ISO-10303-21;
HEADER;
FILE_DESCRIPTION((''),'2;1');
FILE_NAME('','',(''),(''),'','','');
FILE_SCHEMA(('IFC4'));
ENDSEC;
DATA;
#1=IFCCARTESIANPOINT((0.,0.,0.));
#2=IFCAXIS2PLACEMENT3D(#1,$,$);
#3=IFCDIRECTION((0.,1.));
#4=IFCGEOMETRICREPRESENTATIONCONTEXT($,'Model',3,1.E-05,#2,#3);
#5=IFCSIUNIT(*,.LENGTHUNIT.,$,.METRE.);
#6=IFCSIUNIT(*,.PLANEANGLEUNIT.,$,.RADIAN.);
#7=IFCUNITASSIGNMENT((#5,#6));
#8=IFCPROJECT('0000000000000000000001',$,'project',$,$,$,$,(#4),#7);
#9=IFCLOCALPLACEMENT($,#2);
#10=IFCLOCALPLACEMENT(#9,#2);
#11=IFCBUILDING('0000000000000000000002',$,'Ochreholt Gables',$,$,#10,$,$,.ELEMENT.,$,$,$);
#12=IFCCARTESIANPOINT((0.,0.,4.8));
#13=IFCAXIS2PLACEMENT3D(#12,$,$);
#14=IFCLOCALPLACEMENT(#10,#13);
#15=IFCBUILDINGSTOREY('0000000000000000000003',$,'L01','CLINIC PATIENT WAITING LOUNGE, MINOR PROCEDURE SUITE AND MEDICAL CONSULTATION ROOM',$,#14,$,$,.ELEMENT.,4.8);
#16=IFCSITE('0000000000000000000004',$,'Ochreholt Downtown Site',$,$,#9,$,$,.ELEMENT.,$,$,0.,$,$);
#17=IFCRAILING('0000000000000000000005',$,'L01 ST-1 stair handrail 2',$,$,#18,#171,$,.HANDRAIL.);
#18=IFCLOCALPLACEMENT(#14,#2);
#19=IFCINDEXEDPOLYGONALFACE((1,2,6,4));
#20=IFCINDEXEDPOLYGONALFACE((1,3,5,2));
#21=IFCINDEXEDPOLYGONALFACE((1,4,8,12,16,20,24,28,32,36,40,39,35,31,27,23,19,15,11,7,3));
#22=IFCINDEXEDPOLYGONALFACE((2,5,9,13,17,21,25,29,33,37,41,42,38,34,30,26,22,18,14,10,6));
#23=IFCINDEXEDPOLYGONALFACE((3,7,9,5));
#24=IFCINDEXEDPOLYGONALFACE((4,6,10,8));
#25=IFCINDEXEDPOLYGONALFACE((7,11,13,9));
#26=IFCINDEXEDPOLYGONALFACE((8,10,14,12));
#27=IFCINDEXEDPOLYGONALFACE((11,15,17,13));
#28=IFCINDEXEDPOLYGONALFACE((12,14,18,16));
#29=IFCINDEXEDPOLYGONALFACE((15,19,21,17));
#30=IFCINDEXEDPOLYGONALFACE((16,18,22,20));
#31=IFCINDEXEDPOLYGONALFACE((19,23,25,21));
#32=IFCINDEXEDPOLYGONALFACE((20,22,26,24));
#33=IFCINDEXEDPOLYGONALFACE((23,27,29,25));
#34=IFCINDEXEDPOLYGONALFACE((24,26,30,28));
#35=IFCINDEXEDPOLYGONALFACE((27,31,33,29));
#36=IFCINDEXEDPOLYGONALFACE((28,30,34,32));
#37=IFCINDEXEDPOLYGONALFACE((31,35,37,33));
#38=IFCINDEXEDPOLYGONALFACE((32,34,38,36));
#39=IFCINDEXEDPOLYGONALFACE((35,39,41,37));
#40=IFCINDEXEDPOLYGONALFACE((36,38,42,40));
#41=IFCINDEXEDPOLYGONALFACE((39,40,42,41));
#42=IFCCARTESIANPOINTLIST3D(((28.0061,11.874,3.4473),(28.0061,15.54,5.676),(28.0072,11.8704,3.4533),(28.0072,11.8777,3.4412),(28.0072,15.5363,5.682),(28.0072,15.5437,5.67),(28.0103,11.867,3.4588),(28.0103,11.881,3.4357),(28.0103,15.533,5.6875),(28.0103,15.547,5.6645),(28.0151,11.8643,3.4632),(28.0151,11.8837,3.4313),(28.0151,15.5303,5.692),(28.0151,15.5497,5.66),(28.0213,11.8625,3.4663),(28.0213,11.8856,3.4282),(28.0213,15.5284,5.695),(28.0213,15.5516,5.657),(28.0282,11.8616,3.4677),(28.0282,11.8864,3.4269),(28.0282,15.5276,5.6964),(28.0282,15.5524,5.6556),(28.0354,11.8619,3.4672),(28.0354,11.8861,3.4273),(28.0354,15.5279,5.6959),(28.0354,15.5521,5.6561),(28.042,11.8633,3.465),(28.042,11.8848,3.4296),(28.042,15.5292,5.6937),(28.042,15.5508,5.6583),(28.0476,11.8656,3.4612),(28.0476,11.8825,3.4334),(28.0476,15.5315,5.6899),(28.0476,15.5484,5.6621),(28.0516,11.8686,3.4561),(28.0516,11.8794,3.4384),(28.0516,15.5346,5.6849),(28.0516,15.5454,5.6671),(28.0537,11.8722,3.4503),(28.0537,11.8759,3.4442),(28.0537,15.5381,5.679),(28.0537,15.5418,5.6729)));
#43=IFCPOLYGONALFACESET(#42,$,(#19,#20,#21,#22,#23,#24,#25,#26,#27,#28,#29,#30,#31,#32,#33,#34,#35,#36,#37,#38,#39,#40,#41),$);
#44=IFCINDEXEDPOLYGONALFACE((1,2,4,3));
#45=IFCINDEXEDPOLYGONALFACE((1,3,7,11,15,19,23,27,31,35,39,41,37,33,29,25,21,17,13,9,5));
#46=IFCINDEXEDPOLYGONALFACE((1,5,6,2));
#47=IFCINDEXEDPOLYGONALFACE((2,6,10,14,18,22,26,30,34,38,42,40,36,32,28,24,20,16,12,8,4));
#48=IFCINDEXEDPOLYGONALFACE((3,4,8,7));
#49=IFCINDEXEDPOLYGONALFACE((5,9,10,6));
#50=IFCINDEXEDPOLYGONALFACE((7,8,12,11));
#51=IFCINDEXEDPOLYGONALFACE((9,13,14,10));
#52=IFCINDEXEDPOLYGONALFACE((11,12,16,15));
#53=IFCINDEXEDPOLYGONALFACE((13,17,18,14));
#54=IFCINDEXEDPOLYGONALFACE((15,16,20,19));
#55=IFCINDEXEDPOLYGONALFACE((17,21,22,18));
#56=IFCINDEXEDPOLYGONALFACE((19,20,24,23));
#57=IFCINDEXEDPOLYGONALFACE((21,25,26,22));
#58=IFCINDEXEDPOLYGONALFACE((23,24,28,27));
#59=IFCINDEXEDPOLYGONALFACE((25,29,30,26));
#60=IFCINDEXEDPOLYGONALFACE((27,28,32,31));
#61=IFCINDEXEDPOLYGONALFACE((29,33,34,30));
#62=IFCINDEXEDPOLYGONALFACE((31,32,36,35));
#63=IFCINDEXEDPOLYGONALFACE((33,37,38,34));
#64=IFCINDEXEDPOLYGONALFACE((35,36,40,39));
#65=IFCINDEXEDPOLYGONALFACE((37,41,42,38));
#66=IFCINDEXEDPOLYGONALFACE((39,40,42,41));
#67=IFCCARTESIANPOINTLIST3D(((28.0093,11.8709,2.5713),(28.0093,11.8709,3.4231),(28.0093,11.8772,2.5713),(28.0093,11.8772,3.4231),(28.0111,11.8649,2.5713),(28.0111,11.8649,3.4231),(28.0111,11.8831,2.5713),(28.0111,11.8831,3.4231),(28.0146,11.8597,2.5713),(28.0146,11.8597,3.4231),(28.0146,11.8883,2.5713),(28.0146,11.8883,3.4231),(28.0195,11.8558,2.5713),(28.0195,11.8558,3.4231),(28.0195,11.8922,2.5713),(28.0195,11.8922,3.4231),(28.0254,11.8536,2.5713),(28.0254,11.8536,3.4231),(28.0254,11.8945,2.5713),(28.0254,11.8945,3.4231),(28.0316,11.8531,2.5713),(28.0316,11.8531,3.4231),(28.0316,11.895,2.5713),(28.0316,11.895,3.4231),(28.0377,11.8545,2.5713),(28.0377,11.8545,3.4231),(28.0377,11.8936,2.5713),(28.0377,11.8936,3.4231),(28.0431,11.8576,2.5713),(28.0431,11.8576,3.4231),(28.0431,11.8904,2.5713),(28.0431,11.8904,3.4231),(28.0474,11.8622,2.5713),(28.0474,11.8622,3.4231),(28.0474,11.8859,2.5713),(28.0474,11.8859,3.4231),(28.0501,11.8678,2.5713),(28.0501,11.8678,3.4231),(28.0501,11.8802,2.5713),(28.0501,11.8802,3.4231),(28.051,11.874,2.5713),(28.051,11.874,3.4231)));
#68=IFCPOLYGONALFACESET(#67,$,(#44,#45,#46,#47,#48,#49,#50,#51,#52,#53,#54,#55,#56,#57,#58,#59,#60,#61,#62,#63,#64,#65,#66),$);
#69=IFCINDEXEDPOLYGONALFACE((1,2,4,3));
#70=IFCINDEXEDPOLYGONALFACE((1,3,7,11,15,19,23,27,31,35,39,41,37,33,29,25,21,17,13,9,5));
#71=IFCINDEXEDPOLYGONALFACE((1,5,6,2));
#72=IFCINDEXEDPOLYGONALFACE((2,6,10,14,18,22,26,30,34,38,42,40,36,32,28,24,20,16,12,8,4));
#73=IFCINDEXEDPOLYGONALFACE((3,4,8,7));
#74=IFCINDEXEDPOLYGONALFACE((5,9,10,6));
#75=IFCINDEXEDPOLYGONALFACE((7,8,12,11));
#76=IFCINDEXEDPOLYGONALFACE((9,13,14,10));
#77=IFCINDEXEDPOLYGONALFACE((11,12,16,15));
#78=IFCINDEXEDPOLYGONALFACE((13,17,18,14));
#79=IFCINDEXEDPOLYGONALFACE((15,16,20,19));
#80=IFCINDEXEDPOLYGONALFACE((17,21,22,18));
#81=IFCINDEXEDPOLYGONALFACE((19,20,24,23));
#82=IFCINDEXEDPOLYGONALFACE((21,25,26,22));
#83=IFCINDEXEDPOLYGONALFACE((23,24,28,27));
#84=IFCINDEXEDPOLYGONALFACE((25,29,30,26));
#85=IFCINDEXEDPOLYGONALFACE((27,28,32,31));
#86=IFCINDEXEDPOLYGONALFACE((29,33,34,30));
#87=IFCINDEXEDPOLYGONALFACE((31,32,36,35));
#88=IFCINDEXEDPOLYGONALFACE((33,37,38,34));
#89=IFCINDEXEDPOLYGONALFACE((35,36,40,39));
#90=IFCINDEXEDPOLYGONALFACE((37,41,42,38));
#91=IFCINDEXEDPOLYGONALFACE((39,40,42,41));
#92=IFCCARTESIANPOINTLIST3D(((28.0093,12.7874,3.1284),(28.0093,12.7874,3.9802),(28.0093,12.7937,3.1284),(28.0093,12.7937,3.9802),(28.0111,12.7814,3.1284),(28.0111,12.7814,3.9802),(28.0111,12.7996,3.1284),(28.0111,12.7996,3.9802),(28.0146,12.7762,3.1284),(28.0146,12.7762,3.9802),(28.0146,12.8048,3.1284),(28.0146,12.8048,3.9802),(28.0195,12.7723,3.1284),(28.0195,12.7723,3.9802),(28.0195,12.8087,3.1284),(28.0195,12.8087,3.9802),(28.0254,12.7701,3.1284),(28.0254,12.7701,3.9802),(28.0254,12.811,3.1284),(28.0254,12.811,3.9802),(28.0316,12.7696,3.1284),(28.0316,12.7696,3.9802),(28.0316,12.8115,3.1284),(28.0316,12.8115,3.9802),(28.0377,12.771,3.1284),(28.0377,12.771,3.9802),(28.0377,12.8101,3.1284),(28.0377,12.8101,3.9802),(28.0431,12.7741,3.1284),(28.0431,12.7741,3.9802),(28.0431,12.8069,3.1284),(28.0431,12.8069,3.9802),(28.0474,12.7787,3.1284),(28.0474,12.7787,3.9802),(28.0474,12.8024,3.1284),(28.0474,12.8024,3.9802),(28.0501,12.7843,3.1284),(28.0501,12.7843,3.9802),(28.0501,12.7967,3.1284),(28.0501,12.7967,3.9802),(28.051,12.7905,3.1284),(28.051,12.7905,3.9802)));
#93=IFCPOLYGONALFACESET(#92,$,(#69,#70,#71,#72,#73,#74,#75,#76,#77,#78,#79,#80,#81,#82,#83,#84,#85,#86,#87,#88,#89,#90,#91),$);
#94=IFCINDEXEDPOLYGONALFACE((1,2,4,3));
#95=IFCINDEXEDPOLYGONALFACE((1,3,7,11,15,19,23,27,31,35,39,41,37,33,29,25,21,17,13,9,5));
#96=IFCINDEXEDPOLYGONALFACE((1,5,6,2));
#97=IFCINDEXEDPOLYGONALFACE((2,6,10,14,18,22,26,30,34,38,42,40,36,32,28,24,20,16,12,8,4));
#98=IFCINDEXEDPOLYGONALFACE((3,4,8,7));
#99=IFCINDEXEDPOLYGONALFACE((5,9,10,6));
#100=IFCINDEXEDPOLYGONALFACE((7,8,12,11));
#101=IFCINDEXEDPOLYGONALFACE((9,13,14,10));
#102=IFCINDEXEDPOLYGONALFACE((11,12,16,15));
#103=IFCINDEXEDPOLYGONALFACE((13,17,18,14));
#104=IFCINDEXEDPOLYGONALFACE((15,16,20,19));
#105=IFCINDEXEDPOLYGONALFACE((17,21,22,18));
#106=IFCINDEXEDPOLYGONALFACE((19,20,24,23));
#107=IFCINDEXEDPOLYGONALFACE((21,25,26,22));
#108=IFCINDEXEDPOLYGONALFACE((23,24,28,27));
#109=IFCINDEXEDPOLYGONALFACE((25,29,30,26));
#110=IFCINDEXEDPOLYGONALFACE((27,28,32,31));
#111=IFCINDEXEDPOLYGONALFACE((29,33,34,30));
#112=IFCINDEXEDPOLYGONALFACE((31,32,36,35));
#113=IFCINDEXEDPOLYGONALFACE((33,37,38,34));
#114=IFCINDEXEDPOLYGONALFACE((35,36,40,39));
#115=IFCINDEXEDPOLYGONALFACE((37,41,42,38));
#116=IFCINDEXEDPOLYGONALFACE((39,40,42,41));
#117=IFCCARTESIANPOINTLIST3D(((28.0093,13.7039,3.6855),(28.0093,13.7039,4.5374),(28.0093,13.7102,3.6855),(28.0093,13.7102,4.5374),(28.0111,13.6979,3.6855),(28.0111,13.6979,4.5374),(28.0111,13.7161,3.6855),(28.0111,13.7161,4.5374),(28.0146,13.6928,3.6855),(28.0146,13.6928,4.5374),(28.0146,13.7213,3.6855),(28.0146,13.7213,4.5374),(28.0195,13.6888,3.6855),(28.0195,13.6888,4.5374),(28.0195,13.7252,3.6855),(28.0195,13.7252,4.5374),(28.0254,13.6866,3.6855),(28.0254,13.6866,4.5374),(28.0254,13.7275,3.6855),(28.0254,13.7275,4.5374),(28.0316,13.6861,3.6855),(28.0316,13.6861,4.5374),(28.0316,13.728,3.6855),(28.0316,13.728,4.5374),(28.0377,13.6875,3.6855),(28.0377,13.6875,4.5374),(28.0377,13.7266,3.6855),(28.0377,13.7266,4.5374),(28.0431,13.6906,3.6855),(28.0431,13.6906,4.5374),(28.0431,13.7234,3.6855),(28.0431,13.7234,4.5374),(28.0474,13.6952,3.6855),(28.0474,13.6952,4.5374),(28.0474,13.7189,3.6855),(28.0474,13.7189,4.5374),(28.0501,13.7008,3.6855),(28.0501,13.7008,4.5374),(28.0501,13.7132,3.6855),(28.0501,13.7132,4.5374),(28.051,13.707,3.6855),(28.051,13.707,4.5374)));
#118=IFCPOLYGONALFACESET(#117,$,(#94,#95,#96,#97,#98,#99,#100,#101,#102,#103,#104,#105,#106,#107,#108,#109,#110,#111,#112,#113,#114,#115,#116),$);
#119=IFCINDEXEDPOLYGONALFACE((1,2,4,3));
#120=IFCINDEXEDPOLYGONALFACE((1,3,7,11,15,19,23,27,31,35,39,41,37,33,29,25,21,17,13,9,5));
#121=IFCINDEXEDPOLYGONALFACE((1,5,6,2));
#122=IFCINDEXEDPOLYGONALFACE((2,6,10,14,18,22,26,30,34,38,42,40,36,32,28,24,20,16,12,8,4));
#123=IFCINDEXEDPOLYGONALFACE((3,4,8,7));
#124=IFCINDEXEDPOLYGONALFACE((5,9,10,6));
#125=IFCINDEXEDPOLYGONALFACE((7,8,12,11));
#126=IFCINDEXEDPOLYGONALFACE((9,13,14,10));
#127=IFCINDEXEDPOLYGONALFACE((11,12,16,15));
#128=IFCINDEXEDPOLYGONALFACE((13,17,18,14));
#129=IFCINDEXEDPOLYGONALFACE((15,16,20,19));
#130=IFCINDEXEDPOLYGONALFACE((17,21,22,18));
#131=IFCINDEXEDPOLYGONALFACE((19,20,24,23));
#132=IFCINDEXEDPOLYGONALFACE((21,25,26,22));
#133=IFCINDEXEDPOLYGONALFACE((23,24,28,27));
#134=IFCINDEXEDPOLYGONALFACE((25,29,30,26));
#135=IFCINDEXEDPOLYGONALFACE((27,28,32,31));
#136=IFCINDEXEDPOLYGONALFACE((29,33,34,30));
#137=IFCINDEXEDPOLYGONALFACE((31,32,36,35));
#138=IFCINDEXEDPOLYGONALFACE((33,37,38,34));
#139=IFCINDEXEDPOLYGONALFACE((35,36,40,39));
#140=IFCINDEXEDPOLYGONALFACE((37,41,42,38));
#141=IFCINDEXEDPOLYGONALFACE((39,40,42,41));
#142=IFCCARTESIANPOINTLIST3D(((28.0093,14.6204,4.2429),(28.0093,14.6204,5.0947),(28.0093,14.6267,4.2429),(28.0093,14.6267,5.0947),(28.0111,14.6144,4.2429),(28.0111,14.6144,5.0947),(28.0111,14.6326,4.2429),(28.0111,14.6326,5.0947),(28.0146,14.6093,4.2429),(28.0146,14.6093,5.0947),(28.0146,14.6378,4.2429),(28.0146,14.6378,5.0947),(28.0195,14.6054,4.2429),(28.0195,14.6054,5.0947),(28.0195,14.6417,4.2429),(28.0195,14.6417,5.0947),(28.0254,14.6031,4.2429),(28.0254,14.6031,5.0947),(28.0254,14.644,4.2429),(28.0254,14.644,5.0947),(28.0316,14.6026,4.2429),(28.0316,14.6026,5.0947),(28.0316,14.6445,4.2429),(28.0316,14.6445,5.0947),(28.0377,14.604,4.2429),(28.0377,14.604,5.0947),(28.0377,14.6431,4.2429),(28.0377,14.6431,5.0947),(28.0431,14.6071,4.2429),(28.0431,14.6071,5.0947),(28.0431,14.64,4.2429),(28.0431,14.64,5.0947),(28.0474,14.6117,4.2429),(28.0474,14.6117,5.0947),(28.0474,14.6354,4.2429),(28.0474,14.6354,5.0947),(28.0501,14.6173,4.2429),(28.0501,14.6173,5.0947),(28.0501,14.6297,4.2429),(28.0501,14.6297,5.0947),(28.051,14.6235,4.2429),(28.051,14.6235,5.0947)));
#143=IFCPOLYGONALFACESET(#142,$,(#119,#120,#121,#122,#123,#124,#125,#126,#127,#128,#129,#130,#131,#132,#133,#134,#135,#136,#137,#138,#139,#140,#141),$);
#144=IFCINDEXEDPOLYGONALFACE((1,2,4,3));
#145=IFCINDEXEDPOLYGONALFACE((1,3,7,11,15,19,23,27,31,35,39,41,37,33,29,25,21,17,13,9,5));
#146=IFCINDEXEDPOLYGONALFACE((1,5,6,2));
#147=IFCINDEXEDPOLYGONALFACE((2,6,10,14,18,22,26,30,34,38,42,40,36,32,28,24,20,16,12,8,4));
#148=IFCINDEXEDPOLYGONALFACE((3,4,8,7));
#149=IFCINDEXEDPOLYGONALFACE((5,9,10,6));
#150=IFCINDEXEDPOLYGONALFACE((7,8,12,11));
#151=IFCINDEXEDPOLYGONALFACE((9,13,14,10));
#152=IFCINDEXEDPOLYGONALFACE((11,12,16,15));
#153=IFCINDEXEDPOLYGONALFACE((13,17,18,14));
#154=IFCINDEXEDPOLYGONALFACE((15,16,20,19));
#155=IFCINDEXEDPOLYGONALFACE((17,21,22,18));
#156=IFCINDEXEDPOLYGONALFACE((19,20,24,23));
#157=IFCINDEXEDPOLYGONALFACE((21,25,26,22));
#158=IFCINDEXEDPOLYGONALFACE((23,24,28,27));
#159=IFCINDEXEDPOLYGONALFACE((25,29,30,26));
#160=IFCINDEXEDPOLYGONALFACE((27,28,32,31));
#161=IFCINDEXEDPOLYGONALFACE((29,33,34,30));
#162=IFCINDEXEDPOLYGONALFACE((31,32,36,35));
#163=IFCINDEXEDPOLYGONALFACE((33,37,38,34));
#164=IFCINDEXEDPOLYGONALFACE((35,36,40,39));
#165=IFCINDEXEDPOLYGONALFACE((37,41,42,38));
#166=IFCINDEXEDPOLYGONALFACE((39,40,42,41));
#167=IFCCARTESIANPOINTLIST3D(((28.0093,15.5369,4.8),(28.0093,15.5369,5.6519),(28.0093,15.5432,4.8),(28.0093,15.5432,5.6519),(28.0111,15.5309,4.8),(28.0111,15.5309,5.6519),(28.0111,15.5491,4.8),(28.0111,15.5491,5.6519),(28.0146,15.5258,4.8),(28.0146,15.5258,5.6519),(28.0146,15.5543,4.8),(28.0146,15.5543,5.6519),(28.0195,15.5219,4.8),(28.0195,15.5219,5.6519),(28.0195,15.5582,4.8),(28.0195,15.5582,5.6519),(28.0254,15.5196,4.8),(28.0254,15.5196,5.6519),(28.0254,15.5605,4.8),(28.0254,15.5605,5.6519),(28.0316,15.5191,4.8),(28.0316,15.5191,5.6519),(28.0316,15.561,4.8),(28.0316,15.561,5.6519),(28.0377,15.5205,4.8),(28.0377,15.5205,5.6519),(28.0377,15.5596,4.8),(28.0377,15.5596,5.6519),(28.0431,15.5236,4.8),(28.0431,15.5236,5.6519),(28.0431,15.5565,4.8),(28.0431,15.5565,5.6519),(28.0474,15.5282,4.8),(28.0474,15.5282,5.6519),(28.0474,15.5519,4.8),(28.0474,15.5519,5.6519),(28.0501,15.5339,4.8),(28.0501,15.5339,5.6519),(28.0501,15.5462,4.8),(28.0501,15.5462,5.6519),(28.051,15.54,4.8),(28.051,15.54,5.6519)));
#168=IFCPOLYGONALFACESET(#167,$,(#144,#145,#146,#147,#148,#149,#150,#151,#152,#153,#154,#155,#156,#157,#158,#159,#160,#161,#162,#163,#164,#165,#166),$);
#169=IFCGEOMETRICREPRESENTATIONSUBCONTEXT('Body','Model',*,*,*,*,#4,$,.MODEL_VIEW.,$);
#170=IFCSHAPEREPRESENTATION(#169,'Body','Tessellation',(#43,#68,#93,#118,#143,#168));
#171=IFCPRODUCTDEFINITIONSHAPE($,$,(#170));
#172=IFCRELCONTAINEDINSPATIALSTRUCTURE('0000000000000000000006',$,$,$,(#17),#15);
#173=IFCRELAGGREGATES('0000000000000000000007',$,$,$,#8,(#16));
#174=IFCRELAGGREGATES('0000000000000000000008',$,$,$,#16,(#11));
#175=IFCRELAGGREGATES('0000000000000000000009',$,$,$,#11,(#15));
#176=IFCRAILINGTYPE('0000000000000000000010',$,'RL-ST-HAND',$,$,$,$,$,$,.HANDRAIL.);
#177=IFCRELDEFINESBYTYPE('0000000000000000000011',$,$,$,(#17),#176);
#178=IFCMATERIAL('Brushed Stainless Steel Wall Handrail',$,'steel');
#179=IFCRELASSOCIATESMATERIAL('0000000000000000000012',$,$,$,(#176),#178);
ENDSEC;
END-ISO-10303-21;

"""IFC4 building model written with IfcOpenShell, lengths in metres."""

from ifc_helpers import new_model, si_unit, direction, frame, origin, origin_2d, place, context, subcontext, project, spatial, circle, extrude, material, type_object, element, save


model = new_model("IFC4")

# Units and contexts
model_context = context("Model", 3, precision=1e-05, world=origin(), true_north=direction((0.0, 1.0)))
body_context = subcontext(model_context, "Body", "Model", "MODEL_VIEW")
ifc_project = project(units=[si_unit("LENGTHUNIT", "METRE"), si_unit("PLANEANGLEUNIT", "RADIAN")], contexts=[model_context])

# Site, building, storey
site_placement = place(None, origin())
site = spatial("IfcSite", under=ifc_project, at=site_placement, Name="Ochreholt Downtown Site", CompositionType="ELEMENT", RefElevation=0.0)
building_placement = place(site_placement, origin())
building = spatial("IfcBuilding", under=site, at=building_placement, Name="Ochreholt Gables", CompositionType="ELEMENT")
storey_placement = place(building_placement, frame((0.0, 0.0, 4.8)))
storey = spatial("IfcBuildingStorey", under=building, at=storey_placement, Name="L01", Description="CLINIC PATIENT WAITING LOUNGE, MINOR PROCEDURE SUITE AND MEDICAL CONSULTATION ROOM", CompositionType="ELEMENT", Elevation=4.8)

# Railing
ifc_material_1 = material(Name="Brushed Stainless Steel Wall Handrail", Category="steel")
railing_type_1 = type_object("IfcRailingType", Name="RL-ST-HAND", PredefinedType="HANDRAIL", material=ifc_material_1)
railing_1_placement = place(storey_placement, frame((28.03, 11.874, 2.5713)))
element("IfcRailing", 1, at=railing_1_placement, inside=storey, type_object=railing_type_1, Name="L01 ST-1 stair handrail 2", PredefinedType="HANDRAIL", context=body_context, shape_type="SweptSolid", body=[
    extrude(circle(Radius=0.0239, at=origin_2d()), frame((0.0, 0.0, 0.876), z_axis=(0.0, 0.854481, 0.519483), x_axis=(-1.0, 0.0, 0.0)), (0.0, 0.0, 1.0), 4.2903),
    extrude(circle(Radius=0.021, at=origin_2d()), origin(), (0.0, 0.0, 1.0), 0.8518),
    extrude(circle(Radius=0.021, at=origin_2d()), frame((0.0, 0.9165, 0.5571)), (0.0, 0.0, 1.0), 0.8518),
    extrude(circle(Radius=0.021, at=origin_2d()), frame((0.0, 1.833, 1.1143)), (0.0, 0.0, 1.0), 0.8518),
    extrude(circle(Radius=0.021, at=origin_2d()), frame((0.0, 2.7495, 1.6716)), (0.0, 0.0, 1.0), 0.8518),
    extrude(circle(Radius=0.021, at=origin_2d()), frame((0.0, 3.666, 2.2288)), (0.0, 0.0, 1.0), 0.8518),
])

save(model, "model.ifc")
